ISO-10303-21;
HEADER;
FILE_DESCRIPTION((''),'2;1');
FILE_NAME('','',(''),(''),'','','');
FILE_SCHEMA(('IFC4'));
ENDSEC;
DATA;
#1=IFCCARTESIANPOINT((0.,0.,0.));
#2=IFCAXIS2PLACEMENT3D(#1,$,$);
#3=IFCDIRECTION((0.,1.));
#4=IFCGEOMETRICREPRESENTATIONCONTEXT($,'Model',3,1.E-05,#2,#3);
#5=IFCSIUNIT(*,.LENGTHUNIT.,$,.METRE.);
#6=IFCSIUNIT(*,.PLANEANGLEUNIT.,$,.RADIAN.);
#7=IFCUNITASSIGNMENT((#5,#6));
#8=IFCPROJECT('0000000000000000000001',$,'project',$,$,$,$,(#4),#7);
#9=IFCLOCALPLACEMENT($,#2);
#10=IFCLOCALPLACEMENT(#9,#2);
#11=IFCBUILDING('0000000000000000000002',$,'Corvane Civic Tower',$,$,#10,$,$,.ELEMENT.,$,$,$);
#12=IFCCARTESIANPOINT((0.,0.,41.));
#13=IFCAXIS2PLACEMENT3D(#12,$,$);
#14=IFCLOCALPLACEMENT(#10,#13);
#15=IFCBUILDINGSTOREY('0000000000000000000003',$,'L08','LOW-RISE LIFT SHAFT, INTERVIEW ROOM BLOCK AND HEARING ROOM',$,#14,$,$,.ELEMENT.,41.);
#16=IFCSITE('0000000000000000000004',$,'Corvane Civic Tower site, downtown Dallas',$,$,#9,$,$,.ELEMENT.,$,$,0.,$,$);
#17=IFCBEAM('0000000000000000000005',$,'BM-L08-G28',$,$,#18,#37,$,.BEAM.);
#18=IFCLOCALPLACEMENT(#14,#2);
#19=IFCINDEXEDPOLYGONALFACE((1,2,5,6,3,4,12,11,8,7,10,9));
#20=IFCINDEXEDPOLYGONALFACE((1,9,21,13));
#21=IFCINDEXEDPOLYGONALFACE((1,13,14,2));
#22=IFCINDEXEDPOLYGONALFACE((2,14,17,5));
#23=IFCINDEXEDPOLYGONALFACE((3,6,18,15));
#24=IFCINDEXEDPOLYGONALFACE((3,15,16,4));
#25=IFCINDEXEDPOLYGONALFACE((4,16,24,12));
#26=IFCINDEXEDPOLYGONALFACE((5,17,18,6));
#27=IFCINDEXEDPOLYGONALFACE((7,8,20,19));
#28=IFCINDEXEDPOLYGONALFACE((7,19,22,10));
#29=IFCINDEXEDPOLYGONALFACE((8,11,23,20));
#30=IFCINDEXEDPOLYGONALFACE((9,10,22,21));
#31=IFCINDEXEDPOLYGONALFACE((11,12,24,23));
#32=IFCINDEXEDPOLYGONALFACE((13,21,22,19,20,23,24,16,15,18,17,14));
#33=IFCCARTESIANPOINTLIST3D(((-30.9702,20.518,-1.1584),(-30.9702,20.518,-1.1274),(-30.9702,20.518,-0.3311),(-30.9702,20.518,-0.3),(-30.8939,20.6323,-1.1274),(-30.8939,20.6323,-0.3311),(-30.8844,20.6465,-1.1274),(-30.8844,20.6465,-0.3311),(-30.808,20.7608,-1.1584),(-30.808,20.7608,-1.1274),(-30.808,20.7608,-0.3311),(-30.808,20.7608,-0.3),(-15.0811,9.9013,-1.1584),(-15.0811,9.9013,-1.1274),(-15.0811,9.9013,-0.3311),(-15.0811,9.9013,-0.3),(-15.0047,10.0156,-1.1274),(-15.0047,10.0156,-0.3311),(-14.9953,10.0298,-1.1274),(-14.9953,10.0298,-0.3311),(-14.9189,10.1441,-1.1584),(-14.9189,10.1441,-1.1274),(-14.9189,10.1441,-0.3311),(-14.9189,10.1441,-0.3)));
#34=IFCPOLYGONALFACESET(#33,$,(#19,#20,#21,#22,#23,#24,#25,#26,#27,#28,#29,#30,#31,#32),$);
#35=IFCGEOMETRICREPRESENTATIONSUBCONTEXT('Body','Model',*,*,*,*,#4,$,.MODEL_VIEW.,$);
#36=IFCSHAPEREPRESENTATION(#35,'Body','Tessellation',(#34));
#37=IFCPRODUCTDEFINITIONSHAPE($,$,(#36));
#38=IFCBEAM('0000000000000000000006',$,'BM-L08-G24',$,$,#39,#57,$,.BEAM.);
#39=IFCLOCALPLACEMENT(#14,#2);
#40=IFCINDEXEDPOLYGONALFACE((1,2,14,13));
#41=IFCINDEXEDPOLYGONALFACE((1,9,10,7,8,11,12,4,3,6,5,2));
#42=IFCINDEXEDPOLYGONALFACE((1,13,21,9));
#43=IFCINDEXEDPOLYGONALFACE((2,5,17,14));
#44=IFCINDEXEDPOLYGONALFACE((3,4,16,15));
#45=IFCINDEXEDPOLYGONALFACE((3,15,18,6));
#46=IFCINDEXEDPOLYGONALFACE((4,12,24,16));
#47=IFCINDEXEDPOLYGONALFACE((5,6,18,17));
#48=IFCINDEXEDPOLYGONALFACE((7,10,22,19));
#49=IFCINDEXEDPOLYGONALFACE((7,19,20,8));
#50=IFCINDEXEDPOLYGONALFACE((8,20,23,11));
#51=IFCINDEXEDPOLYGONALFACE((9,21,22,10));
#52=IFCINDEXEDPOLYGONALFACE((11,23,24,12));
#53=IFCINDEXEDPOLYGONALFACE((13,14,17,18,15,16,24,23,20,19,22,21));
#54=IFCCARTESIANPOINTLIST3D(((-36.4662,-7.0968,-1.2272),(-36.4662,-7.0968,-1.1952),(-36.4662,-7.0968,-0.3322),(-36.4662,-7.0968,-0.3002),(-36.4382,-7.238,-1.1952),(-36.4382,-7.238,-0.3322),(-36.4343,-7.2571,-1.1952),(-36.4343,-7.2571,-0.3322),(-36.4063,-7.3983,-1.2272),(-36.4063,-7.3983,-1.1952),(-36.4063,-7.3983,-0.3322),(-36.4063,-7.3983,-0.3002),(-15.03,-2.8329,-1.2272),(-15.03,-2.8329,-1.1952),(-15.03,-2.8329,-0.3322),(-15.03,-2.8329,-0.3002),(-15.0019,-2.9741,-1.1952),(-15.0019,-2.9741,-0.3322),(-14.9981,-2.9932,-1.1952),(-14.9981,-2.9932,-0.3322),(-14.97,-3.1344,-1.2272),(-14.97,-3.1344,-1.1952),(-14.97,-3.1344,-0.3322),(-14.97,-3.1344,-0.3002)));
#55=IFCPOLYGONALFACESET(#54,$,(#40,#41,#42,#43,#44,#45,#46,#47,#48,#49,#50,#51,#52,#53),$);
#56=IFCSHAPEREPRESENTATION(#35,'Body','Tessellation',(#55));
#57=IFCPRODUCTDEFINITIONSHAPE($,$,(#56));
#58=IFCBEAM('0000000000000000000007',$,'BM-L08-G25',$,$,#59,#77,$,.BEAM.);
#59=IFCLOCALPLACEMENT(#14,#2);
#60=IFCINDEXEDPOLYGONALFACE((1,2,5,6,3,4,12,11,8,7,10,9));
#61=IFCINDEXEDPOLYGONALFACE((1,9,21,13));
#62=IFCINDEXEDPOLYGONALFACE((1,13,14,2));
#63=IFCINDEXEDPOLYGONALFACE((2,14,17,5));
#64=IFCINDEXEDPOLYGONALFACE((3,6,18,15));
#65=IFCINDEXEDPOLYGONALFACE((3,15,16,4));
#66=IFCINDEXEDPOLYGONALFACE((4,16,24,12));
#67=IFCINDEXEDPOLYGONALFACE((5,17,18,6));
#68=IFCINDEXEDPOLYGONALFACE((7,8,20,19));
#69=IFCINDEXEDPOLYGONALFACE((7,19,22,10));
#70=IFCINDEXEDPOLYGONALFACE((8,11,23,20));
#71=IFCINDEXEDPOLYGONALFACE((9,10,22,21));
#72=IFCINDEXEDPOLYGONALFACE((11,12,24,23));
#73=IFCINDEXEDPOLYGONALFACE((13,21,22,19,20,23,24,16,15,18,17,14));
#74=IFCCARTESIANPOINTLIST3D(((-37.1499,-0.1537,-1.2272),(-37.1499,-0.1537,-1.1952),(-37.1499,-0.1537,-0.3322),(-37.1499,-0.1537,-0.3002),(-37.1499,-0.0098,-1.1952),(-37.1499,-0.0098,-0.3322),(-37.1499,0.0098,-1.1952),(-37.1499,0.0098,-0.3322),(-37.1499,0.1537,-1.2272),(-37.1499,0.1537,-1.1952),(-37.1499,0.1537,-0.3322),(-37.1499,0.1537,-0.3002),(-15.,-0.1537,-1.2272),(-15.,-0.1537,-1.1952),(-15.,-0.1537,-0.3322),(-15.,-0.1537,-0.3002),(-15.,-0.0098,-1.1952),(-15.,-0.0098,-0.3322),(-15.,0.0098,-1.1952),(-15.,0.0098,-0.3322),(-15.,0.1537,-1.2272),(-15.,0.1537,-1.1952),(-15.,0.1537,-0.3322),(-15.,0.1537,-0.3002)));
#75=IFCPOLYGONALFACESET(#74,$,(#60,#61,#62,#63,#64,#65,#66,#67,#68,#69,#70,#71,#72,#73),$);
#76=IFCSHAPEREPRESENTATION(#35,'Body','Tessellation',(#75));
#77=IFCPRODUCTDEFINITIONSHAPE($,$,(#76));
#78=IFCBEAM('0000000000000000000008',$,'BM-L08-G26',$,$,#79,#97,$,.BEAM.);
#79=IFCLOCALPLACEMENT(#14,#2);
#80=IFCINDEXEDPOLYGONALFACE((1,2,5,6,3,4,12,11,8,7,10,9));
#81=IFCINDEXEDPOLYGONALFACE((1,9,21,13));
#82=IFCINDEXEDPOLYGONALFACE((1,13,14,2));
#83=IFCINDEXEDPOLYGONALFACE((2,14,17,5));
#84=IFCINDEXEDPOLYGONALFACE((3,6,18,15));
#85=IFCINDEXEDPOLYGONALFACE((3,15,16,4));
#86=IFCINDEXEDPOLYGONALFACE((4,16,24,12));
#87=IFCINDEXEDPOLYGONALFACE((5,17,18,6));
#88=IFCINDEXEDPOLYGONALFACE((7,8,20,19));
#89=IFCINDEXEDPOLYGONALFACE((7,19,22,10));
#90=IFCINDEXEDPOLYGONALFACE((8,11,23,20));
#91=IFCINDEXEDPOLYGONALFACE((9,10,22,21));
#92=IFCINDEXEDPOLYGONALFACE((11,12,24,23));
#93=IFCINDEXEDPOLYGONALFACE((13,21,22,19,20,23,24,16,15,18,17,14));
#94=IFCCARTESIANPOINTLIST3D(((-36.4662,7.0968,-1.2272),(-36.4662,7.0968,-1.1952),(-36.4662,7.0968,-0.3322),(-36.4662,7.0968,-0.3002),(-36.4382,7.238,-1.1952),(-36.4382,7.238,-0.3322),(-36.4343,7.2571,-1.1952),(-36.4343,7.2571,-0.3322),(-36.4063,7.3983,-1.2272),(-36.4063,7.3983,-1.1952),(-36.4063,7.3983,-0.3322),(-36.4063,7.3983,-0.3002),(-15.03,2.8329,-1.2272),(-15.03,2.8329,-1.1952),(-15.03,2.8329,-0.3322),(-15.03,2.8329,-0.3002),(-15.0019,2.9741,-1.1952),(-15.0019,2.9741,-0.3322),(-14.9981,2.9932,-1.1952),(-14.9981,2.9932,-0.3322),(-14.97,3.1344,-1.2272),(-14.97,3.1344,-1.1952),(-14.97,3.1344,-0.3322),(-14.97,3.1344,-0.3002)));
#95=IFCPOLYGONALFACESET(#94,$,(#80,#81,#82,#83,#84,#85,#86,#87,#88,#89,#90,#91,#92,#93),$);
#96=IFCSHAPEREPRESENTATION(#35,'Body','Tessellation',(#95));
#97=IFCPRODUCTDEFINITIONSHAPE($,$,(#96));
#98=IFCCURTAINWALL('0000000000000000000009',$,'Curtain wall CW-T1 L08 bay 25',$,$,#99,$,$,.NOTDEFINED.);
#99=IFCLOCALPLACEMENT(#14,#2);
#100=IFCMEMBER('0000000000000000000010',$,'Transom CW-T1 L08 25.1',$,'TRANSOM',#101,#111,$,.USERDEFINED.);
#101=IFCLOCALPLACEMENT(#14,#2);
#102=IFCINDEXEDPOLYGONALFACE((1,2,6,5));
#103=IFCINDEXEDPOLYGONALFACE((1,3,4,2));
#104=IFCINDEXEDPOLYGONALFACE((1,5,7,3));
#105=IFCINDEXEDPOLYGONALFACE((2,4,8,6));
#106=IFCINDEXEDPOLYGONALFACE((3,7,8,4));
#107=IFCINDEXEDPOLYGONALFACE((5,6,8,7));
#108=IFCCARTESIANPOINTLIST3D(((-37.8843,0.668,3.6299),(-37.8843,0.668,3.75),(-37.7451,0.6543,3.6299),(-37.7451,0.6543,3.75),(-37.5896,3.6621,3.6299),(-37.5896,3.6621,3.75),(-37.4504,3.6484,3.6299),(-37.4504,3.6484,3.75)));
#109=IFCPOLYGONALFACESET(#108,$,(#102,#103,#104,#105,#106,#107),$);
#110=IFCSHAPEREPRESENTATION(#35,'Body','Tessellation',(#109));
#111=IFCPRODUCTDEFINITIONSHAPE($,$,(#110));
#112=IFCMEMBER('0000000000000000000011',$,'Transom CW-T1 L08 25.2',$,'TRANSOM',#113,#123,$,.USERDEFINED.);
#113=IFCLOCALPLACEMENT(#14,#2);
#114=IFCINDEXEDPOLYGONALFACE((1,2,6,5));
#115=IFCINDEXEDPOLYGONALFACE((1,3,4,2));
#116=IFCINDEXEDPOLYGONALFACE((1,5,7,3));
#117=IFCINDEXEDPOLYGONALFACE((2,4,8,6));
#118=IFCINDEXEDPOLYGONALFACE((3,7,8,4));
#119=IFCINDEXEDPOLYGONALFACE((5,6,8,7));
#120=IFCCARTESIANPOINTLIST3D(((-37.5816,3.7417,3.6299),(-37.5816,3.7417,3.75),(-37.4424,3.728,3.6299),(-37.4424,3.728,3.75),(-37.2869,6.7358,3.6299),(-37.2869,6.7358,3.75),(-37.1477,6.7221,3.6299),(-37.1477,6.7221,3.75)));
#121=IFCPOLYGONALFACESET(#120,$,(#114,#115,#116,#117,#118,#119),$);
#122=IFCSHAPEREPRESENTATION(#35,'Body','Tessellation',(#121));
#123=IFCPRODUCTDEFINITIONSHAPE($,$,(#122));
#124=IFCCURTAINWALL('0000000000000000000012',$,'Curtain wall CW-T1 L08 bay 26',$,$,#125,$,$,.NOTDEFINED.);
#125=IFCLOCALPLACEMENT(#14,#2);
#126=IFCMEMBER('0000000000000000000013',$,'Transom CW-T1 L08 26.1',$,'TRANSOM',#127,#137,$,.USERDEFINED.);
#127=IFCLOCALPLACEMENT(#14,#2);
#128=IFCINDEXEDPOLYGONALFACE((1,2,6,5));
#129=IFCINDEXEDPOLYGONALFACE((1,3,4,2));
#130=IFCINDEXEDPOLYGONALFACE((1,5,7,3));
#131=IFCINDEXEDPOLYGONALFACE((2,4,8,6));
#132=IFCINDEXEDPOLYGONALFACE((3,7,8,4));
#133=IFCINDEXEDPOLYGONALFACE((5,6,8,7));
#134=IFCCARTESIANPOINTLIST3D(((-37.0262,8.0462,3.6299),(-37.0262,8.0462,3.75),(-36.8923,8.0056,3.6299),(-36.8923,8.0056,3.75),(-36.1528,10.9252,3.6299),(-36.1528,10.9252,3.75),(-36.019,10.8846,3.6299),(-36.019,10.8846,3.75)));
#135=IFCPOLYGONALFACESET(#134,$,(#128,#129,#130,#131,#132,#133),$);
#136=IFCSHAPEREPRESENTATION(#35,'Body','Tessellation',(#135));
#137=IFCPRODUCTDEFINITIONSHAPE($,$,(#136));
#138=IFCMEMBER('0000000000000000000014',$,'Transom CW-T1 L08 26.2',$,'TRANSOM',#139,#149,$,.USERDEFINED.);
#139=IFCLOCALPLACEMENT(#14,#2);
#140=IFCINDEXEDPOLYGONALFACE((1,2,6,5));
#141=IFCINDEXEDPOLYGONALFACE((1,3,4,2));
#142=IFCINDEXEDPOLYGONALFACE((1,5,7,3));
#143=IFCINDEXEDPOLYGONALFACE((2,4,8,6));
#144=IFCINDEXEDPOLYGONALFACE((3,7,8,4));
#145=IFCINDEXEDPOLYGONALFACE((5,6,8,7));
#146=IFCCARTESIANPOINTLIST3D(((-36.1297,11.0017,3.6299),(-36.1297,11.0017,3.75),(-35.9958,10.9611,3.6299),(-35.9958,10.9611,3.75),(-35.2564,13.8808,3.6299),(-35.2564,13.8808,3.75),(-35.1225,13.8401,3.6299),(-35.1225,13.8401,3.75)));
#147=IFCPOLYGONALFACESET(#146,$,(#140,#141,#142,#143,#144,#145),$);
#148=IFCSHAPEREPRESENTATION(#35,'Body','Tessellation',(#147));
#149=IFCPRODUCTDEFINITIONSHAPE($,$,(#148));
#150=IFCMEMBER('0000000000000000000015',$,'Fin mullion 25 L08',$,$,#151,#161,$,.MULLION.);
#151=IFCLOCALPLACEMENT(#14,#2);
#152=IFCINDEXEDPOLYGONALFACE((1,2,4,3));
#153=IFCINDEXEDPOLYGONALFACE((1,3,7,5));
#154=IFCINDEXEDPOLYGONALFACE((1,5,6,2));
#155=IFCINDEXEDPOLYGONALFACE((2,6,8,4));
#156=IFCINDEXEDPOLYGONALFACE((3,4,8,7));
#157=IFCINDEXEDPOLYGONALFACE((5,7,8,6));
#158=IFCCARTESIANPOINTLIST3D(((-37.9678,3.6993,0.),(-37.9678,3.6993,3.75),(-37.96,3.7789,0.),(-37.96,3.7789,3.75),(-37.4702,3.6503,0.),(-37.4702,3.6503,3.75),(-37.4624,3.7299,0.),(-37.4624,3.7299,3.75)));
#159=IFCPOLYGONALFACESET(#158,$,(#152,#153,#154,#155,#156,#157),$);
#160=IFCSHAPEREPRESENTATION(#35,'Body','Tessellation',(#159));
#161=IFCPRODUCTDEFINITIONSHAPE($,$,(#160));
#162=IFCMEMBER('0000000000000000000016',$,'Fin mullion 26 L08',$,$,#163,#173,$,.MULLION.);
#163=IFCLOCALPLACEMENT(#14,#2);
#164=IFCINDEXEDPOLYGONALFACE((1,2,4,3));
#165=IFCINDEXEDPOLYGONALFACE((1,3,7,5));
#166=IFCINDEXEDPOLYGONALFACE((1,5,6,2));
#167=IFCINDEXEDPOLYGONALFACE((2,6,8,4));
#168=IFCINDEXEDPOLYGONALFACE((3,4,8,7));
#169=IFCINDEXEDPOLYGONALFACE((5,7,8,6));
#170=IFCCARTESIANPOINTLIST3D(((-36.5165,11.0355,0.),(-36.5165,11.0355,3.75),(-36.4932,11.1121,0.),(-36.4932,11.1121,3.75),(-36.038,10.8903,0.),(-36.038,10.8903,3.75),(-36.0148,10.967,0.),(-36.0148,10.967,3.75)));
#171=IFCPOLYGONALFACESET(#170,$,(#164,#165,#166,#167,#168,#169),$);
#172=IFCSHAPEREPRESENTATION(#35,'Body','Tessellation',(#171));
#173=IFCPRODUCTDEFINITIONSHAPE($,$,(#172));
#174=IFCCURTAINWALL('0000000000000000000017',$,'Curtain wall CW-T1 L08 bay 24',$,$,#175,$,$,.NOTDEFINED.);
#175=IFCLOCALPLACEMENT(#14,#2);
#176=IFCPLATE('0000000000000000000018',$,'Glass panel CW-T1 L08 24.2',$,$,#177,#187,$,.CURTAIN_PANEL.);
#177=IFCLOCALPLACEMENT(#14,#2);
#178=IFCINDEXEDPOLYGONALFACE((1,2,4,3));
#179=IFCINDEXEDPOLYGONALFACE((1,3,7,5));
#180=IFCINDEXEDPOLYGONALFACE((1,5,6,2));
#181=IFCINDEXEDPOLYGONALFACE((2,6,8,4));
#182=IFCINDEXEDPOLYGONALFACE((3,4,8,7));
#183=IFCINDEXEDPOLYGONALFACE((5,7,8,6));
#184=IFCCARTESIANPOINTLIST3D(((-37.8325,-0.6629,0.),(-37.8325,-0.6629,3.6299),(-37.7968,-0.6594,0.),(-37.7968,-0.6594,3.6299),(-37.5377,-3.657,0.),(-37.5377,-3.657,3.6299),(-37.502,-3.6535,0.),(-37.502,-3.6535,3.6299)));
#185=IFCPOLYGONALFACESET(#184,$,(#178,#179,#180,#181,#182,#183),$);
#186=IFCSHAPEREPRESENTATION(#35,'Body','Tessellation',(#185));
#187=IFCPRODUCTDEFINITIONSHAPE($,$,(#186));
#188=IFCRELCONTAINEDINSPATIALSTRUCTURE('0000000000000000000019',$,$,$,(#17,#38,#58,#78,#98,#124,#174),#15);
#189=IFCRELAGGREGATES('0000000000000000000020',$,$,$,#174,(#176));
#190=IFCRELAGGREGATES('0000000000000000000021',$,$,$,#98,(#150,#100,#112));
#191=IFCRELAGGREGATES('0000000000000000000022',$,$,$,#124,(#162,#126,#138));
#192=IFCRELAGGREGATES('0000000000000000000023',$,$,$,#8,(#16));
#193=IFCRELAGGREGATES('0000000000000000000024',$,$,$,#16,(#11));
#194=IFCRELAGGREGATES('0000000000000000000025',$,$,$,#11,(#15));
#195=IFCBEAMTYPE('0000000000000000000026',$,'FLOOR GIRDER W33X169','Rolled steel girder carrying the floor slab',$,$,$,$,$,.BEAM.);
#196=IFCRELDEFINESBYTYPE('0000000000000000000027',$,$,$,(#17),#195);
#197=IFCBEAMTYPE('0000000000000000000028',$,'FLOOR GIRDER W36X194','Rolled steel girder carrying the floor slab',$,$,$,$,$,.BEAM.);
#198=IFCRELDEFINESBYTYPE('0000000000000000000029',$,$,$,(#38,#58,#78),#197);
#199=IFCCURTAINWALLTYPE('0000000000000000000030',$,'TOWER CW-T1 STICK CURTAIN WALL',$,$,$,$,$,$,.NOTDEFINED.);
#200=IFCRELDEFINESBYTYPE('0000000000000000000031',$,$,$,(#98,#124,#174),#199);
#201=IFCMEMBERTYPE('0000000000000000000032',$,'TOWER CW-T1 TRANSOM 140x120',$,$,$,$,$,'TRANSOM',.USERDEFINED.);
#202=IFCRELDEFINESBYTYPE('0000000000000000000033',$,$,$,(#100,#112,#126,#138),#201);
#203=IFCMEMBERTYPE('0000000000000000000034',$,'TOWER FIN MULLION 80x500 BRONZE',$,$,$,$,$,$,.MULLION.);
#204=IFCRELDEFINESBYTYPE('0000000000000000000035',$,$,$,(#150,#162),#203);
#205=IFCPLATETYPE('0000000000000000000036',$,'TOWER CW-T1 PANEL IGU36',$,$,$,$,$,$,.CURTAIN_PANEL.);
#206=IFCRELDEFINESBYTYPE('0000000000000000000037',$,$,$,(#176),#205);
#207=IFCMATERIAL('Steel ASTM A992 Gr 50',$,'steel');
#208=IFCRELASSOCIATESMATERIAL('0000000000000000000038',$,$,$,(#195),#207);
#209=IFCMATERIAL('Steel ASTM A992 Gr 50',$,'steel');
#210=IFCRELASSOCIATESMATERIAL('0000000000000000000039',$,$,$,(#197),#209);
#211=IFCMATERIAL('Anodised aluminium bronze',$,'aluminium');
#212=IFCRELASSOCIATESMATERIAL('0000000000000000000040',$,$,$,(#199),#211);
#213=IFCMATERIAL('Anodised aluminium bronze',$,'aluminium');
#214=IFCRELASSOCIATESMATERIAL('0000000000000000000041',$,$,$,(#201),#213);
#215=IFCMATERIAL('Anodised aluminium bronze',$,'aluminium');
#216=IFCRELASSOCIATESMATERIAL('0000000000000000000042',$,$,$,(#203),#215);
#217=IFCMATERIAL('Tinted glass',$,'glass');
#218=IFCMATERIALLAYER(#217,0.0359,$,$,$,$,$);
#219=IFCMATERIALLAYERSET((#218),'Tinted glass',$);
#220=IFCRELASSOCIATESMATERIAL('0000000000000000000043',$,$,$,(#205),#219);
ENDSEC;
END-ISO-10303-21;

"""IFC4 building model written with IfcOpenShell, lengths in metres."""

from ifc_helpers import new_model, si_unit, direction, frame, origin, origin_2d, place, context, subcontext, project, spatial, rectangle, i_section, extrude, material, layer, layer_set, material_profile, profile_set, type_object, element, aggregate, save


model = new_model("IFC4")

# Units and contexts
model_context = context("Model", 3, precision=1e-05, world=origin(), true_north=direction((0.0, 1.0)))
body_context = subcontext(model_context, "Body", "Model", "MODEL_VIEW")
ifc_project = project(units=[si_unit("LENGTHUNIT", "METRE"), si_unit("PLANEANGLEUNIT", "RADIAN")], contexts=[model_context])

# Site, building, storey
site_placement = place(None, origin())
site = spatial("IfcSite", under=ifc_project, at=site_placement, Name="Corvane Civic Tower site, downtown Dallas", CompositionType="ELEMENT", RefElevation=0.0)
building_placement = place(site_placement, origin())
building = spatial("IfcBuilding", under=site, at=building_placement, Name="Corvane Civic Tower", CompositionType="ELEMENT")
storey_placement = place(building_placement, frame((0.0, 0.0, 41.0)))
storey = spatial("IfcBuildingStorey", under=building, at=storey_placement, Name="L08", Description="LOW-RISE LIFT SHAFT, INTERVIEW ROOM BLOCK AND HEARING ROOM", CompositionType="ELEMENT", Elevation=41.0)

# Beams
ifc_material_1 = material(Name="Steel ASTM A992 Gr 50", Category="steel")
ifc_material_profile_1 = material_profile(ifc_material_1, i_section(OverallWidth=0.292, OverallDepth=0.8584, WebThickness=0.0171, FlangeThickness=0.031, at=origin_2d()), Name="W33X169")
ifc_profile_set_1 = profile_set([ifc_material_profile_1], Name="Steel ASTM A992 Gr 50")
beam_type_1 = type_object("IfcBeamType", Name="FLOOR GIRDER W33X169", Description="Rolled steel girder carrying the floor slab", PredefinedType="BEAM", material=ifc_profile_set_1)
beam_1_placement = place(storey_placement, frame((-15.0, 10.0227, -0.7292), z_axis=(-0.831472, 0.555567, 0.0), x_axis=(-0.555567, -0.831472, 0.0)))
element("IfcBeam", 1, at=beam_1_placement, inside=storey, type_object=beam_type_1, Name="BM-L08-G28", PredefinedType="BEAM", context=body_context, shape_type="SweptSolid", body=[
    extrude(i_section(OverallWidth=0.292, OverallDepth=0.8584, WebThickness=0.0171, FlangeThickness=0.031, at=origin_2d()), origin(), (0.0, 0.0, 1.0), 19.1096),
])
ifc_material_2 = material(Name="Steel ASTM A992 Gr 50", Category="steel")
ifc_material_profile_2 = material_profile(ifc_material_2, i_section(OverallWidth=0.3074, OverallDepth=0.927, WebThickness=0.0195, FlangeThickness=0.032, at=origin_2d()), Name="W36X194")
ifc_profile_set_2 = profile_set([ifc_material_profile_2], Name="Steel ASTM A992 Gr 50")
beam_type_2 = type_object("IfcBeamType", Name="FLOOR GIRDER W36X194", Description="Rolled steel girder carrying the floor slab", PredefinedType="BEAM", material=ifc_profile_set_2)
beam_2_placement = place(storey_placement, frame((-15.0, -2.9836, -0.7637), z_axis=(-0.980785, -0.195089, 0.0), x_axis=(0.195089, -0.980785, 0.0)))
element("IfcBeam", 2, at=beam_2_placement, inside=storey, type_object=beam_type_2, Name="BM-L08-G24", PredefinedType="BEAM", context=body_context, shape_type="SweptSolid", body=[
    extrude(i_section(OverallWidth=0.3074, OverallDepth=0.927, WebThickness=0.0195, FlangeThickness=0.032, at=origin_2d()), origin(), (0.0, 0.0, 1.0), 21.8562),
])
beam_3_placement = place(storey_placement, frame((-15.0, 0.0, -0.7637), z_axis=(-1.0, 0.0, 0.0), x_axis=(0.0, -1.0, 0.0)))
element("IfcBeam", 3, at=beam_3_placement, inside=storey, type_object=beam_type_2, Name="BM-L08-G25", PredefinedType="BEAM", context=body_context, shape_type="SweptSolid", body=[
    extrude(i_section(OverallWidth=0.3074, OverallDepth=0.927, WebThickness=0.0195, FlangeThickness=0.032, at=origin_2d()), origin(), (0.0, 0.0, 1.0), 22.1499),
])
beam_4_placement = place(storey_placement, frame((-15.0, 2.9836, -0.7637), z_axis=(-0.980785, 0.195089, 0.0), x_axis=(-0.195089, -0.980785, 0.0)))
element("IfcBeam", 4, at=beam_4_placement, inside=storey, type_object=beam_type_2, Name="BM-L08-G26", PredefinedType="BEAM", context=body_context, shape_type="SweptSolid", body=[
    extrude(i_section(OverallWidth=0.3074, OverallDepth=0.927, WebThickness=0.0195, FlangeThickness=0.032, at=origin_2d()), origin(), (0.0, 0.0, 1.0), 21.8562),
])

# Curtain walls, members
ifc_material_3 = material(Name="Anodised aluminium bronze", Category="aluminium")
curtain_wall_type = type_object("IfcCurtainWallType", Name="TOWER CW-T1 STICK CURTAIN WALL", PredefinedType="NOTDEFINED", material=ifc_material_3)
curtain_wall_1_placement = place(storey_placement, origin())
curtain_wall_1 = element("IfcCurtainWall", 5, at=curtain_wall_1_placement, inside=storey, type_object=curtain_wall_type, Name="Curtain wall CW-T1 L08 bay 25", PredefinedType="NOTDEFINED")
ifc_material_4 = material(Name="Anodised aluminium bronze", Category="aluminium")
ifc_material_profile_3 = material_profile(ifc_material_4, rectangle(XDim=0.1399, YDim=0.1201, at=origin_2d()), Name="TOWER CW-T1 TRANSOM 140x120")
ifc_profile_set_3 = profile_set([ifc_material_profile_3], Name="Anodised aluminium bronze")
member_type_1 = type_object("IfcMemberType", Name="TOWER CW-T1 TRANSOM 140x120", ElementType="TRANSOM", PredefinedType="USERDEFINED", material=ifc_profile_set_3)
member_1_placement = place(storey_placement, frame((-37.8147, 0.6611, 3.6899), z_axis=(0.097945, 0.995192, 0.0), x_axis=(-0.995192, 0.097945, 0.0)))
member_1 = element("IfcMember", 6, at=member_1_placement, type_object=member_type_1, Name="Transom CW-T1 L08 25.1", ObjectType="TRANSOM", PredefinedType="USERDEFINED", context=body_context, shape_type="SweptSolid", body=[
    extrude(rectangle(XDim=0.1399, YDim=0.1201, at=origin_2d()), origin(), (0.0, 0.0, 1.0), 3.0085),
])
member_2_placement = place(storey_placement, frame((-37.512, 3.7349, 3.6899), z_axis=(0.097945, 0.995192, 0.0), x_axis=(-0.995192, 0.097945, 0.0)))
member_2 = element("IfcMember", 7, at=member_2_placement, type_object=member_type_1, Name="Transom CW-T1 L08 25.2", ObjectType="TRANSOM", PredefinedType="USERDEFINED", context=body_context, shape_type="SweptSolid", body=[
    extrude(rectangle(XDim=0.1399, YDim=0.1201, at=origin_2d()), origin(), (0.0, 0.0, 1.0), 3.0085),
])
curtain_wall_2_placement = place(storey_placement, origin())
curtain_wall_2 = element("IfcCurtainWall", 8, at=curtain_wall_2_placement, inside=storey, type_object=curtain_wall_type, Name="Curtain wall CW-T1 L08 bay 26", PredefinedType="NOTDEFINED")
member_3_placement = place(storey_placement, frame((-36.9592, 8.0259, 3.6899), z_axis=(0.29028, 0.956942, 0.0), x_axis=(-0.956942, 0.29028, 0.0)))
member_3 = element("IfcMember", 9, at=member_3_placement, type_object=member_type_1, Name="Transom CW-T1 L08 26.1", ObjectType="TRANSOM", PredefinedType="USERDEFINED", context=body_context, shape_type="SweptSolid", body=[
    extrude(rectangle(XDim=0.1399, YDim=0.1201, at=origin_2d()), origin(), (0.0, 0.0, 1.0), 3.0085),
])
member_4_placement = place(storey_placement, frame((-36.0627, 10.9814, 3.6899), z_axis=(0.29028, 0.956942, 0.0), x_axis=(-0.956942, 0.29028, 0.0)))
member_4 = element("IfcMember", 10, at=member_4_placement, type_object=member_type_1, Name="Transom CW-T1 L08 26.2", ObjectType="TRANSOM", PredefinedType="USERDEFINED", context=body_context, shape_type="SweptSolid", body=[
    extrude(rectangle(XDim=0.1399, YDim=0.1201, at=origin_2d()), origin(), (0.0, 0.0, 1.0), 3.0085),
])

# Members
ifc_material_5 = material(Name="Anodised aluminium bronze", Category="aluminium")
ifc_material_profile_4 = material_profile(ifc_material_5, rectangle(XDim=0.0801, YDim=0.5, at=origin_2d()), Name="TOWER FIN MULLION 80x500 BRONZE")
ifc_profile_set_4 = profile_set([ifc_material_profile_4], Name="Anodised aluminium bronze")
member_type_2 = type_object("IfcMemberType", Name="TOWER FIN MULLION 80x500 BRONZE", PredefinedType="MULLION", material=ifc_profile_set_4)
member_5_placement = place(storey_placement, frame((-37.7151, 3.7146, 0.0), z_axis=(0.0, 0.0, 1.0), x_axis=(0.098006, 0.995186, 0.0)))
member_5 = element("IfcMember", 11, at=member_5_placement, type_object=member_type_2, Name="Fin mullion 25 L08", PredefinedType="MULLION", context=body_context, shape_type="SweptSolid", body=[
    extrude(rectangle(XDim=0.0801, YDim=0.5, at=origin_2d()), origin(), (0.0, 0.0, 1.0), 3.75),
])
member_6_placement = place(storey_placement, frame((-36.2656, 11.0012, 0.0), z_axis=(0.0, 0.0, 1.0), x_axis=(0.290278, 0.956942, 0.0)))
member_6 = element("IfcMember", 12, at=member_6_placement, type_object=member_type_2, Name="Fin mullion 26 L08", PredefinedType="MULLION", context=body_context, shape_type="SweptSolid", body=[
    extrude(rectangle(XDim=0.0801, YDim=0.5, at=origin_2d()), origin(), (0.0, 0.0, 1.0), 3.75),
])

# Curtain wall, plate
curtain_wall_3_placement = place(storey_placement, origin())
curtain_wall_3 = element("IfcCurtainWall", 13, at=curtain_wall_3_placement, inside=storey, type_object=curtain_wall_type, Name="Curtain wall CW-T1 L08 bay 24", PredefinedType="NOTDEFINED")
ifc_material_6 = material(Name="Tinted glass", Category="glass")
ifc_layer_1 = layer(ifc_material_6, 0.0359)
ifc_layer_set_1 = layer_set([ifc_layer_1], Name="Tinted glass")
plate_type = type_object("IfcPlateType", Name="TOWER CW-T1 PANEL IGU36", PredefinedType="CURTAIN_PANEL", material=ifc_layer_set_1)
plate_1_placement = place(storey_placement, frame((-37.6672, -2.1582, 0.0), z_axis=(0.0, 0.0, 1.0), x_axis=(-0.098006, 0.995186, 0.0)))
plate_1 = element("IfcPlate", 14, at=plate_1_placement, type_object=plate_type, Name="Glass panel CW-T1 L08 24.2", PredefinedType="CURTAIN_PANEL", context=body_context, shape_type="SweptSolid", body=[
    extrude(rectangle(XDim=3.0085, YDim=0.0359, at=origin_2d()), origin(), (0.0, 0.0, 1.0), 3.6299),
])
aggregate(curtain_wall_3, [plate_1])

aggregate(curtain_wall_1, [member_5, member_1, member_2])
aggregate(curtain_wall_2, [member_6, member_3, member_4])

save(model, "model.ifc")
